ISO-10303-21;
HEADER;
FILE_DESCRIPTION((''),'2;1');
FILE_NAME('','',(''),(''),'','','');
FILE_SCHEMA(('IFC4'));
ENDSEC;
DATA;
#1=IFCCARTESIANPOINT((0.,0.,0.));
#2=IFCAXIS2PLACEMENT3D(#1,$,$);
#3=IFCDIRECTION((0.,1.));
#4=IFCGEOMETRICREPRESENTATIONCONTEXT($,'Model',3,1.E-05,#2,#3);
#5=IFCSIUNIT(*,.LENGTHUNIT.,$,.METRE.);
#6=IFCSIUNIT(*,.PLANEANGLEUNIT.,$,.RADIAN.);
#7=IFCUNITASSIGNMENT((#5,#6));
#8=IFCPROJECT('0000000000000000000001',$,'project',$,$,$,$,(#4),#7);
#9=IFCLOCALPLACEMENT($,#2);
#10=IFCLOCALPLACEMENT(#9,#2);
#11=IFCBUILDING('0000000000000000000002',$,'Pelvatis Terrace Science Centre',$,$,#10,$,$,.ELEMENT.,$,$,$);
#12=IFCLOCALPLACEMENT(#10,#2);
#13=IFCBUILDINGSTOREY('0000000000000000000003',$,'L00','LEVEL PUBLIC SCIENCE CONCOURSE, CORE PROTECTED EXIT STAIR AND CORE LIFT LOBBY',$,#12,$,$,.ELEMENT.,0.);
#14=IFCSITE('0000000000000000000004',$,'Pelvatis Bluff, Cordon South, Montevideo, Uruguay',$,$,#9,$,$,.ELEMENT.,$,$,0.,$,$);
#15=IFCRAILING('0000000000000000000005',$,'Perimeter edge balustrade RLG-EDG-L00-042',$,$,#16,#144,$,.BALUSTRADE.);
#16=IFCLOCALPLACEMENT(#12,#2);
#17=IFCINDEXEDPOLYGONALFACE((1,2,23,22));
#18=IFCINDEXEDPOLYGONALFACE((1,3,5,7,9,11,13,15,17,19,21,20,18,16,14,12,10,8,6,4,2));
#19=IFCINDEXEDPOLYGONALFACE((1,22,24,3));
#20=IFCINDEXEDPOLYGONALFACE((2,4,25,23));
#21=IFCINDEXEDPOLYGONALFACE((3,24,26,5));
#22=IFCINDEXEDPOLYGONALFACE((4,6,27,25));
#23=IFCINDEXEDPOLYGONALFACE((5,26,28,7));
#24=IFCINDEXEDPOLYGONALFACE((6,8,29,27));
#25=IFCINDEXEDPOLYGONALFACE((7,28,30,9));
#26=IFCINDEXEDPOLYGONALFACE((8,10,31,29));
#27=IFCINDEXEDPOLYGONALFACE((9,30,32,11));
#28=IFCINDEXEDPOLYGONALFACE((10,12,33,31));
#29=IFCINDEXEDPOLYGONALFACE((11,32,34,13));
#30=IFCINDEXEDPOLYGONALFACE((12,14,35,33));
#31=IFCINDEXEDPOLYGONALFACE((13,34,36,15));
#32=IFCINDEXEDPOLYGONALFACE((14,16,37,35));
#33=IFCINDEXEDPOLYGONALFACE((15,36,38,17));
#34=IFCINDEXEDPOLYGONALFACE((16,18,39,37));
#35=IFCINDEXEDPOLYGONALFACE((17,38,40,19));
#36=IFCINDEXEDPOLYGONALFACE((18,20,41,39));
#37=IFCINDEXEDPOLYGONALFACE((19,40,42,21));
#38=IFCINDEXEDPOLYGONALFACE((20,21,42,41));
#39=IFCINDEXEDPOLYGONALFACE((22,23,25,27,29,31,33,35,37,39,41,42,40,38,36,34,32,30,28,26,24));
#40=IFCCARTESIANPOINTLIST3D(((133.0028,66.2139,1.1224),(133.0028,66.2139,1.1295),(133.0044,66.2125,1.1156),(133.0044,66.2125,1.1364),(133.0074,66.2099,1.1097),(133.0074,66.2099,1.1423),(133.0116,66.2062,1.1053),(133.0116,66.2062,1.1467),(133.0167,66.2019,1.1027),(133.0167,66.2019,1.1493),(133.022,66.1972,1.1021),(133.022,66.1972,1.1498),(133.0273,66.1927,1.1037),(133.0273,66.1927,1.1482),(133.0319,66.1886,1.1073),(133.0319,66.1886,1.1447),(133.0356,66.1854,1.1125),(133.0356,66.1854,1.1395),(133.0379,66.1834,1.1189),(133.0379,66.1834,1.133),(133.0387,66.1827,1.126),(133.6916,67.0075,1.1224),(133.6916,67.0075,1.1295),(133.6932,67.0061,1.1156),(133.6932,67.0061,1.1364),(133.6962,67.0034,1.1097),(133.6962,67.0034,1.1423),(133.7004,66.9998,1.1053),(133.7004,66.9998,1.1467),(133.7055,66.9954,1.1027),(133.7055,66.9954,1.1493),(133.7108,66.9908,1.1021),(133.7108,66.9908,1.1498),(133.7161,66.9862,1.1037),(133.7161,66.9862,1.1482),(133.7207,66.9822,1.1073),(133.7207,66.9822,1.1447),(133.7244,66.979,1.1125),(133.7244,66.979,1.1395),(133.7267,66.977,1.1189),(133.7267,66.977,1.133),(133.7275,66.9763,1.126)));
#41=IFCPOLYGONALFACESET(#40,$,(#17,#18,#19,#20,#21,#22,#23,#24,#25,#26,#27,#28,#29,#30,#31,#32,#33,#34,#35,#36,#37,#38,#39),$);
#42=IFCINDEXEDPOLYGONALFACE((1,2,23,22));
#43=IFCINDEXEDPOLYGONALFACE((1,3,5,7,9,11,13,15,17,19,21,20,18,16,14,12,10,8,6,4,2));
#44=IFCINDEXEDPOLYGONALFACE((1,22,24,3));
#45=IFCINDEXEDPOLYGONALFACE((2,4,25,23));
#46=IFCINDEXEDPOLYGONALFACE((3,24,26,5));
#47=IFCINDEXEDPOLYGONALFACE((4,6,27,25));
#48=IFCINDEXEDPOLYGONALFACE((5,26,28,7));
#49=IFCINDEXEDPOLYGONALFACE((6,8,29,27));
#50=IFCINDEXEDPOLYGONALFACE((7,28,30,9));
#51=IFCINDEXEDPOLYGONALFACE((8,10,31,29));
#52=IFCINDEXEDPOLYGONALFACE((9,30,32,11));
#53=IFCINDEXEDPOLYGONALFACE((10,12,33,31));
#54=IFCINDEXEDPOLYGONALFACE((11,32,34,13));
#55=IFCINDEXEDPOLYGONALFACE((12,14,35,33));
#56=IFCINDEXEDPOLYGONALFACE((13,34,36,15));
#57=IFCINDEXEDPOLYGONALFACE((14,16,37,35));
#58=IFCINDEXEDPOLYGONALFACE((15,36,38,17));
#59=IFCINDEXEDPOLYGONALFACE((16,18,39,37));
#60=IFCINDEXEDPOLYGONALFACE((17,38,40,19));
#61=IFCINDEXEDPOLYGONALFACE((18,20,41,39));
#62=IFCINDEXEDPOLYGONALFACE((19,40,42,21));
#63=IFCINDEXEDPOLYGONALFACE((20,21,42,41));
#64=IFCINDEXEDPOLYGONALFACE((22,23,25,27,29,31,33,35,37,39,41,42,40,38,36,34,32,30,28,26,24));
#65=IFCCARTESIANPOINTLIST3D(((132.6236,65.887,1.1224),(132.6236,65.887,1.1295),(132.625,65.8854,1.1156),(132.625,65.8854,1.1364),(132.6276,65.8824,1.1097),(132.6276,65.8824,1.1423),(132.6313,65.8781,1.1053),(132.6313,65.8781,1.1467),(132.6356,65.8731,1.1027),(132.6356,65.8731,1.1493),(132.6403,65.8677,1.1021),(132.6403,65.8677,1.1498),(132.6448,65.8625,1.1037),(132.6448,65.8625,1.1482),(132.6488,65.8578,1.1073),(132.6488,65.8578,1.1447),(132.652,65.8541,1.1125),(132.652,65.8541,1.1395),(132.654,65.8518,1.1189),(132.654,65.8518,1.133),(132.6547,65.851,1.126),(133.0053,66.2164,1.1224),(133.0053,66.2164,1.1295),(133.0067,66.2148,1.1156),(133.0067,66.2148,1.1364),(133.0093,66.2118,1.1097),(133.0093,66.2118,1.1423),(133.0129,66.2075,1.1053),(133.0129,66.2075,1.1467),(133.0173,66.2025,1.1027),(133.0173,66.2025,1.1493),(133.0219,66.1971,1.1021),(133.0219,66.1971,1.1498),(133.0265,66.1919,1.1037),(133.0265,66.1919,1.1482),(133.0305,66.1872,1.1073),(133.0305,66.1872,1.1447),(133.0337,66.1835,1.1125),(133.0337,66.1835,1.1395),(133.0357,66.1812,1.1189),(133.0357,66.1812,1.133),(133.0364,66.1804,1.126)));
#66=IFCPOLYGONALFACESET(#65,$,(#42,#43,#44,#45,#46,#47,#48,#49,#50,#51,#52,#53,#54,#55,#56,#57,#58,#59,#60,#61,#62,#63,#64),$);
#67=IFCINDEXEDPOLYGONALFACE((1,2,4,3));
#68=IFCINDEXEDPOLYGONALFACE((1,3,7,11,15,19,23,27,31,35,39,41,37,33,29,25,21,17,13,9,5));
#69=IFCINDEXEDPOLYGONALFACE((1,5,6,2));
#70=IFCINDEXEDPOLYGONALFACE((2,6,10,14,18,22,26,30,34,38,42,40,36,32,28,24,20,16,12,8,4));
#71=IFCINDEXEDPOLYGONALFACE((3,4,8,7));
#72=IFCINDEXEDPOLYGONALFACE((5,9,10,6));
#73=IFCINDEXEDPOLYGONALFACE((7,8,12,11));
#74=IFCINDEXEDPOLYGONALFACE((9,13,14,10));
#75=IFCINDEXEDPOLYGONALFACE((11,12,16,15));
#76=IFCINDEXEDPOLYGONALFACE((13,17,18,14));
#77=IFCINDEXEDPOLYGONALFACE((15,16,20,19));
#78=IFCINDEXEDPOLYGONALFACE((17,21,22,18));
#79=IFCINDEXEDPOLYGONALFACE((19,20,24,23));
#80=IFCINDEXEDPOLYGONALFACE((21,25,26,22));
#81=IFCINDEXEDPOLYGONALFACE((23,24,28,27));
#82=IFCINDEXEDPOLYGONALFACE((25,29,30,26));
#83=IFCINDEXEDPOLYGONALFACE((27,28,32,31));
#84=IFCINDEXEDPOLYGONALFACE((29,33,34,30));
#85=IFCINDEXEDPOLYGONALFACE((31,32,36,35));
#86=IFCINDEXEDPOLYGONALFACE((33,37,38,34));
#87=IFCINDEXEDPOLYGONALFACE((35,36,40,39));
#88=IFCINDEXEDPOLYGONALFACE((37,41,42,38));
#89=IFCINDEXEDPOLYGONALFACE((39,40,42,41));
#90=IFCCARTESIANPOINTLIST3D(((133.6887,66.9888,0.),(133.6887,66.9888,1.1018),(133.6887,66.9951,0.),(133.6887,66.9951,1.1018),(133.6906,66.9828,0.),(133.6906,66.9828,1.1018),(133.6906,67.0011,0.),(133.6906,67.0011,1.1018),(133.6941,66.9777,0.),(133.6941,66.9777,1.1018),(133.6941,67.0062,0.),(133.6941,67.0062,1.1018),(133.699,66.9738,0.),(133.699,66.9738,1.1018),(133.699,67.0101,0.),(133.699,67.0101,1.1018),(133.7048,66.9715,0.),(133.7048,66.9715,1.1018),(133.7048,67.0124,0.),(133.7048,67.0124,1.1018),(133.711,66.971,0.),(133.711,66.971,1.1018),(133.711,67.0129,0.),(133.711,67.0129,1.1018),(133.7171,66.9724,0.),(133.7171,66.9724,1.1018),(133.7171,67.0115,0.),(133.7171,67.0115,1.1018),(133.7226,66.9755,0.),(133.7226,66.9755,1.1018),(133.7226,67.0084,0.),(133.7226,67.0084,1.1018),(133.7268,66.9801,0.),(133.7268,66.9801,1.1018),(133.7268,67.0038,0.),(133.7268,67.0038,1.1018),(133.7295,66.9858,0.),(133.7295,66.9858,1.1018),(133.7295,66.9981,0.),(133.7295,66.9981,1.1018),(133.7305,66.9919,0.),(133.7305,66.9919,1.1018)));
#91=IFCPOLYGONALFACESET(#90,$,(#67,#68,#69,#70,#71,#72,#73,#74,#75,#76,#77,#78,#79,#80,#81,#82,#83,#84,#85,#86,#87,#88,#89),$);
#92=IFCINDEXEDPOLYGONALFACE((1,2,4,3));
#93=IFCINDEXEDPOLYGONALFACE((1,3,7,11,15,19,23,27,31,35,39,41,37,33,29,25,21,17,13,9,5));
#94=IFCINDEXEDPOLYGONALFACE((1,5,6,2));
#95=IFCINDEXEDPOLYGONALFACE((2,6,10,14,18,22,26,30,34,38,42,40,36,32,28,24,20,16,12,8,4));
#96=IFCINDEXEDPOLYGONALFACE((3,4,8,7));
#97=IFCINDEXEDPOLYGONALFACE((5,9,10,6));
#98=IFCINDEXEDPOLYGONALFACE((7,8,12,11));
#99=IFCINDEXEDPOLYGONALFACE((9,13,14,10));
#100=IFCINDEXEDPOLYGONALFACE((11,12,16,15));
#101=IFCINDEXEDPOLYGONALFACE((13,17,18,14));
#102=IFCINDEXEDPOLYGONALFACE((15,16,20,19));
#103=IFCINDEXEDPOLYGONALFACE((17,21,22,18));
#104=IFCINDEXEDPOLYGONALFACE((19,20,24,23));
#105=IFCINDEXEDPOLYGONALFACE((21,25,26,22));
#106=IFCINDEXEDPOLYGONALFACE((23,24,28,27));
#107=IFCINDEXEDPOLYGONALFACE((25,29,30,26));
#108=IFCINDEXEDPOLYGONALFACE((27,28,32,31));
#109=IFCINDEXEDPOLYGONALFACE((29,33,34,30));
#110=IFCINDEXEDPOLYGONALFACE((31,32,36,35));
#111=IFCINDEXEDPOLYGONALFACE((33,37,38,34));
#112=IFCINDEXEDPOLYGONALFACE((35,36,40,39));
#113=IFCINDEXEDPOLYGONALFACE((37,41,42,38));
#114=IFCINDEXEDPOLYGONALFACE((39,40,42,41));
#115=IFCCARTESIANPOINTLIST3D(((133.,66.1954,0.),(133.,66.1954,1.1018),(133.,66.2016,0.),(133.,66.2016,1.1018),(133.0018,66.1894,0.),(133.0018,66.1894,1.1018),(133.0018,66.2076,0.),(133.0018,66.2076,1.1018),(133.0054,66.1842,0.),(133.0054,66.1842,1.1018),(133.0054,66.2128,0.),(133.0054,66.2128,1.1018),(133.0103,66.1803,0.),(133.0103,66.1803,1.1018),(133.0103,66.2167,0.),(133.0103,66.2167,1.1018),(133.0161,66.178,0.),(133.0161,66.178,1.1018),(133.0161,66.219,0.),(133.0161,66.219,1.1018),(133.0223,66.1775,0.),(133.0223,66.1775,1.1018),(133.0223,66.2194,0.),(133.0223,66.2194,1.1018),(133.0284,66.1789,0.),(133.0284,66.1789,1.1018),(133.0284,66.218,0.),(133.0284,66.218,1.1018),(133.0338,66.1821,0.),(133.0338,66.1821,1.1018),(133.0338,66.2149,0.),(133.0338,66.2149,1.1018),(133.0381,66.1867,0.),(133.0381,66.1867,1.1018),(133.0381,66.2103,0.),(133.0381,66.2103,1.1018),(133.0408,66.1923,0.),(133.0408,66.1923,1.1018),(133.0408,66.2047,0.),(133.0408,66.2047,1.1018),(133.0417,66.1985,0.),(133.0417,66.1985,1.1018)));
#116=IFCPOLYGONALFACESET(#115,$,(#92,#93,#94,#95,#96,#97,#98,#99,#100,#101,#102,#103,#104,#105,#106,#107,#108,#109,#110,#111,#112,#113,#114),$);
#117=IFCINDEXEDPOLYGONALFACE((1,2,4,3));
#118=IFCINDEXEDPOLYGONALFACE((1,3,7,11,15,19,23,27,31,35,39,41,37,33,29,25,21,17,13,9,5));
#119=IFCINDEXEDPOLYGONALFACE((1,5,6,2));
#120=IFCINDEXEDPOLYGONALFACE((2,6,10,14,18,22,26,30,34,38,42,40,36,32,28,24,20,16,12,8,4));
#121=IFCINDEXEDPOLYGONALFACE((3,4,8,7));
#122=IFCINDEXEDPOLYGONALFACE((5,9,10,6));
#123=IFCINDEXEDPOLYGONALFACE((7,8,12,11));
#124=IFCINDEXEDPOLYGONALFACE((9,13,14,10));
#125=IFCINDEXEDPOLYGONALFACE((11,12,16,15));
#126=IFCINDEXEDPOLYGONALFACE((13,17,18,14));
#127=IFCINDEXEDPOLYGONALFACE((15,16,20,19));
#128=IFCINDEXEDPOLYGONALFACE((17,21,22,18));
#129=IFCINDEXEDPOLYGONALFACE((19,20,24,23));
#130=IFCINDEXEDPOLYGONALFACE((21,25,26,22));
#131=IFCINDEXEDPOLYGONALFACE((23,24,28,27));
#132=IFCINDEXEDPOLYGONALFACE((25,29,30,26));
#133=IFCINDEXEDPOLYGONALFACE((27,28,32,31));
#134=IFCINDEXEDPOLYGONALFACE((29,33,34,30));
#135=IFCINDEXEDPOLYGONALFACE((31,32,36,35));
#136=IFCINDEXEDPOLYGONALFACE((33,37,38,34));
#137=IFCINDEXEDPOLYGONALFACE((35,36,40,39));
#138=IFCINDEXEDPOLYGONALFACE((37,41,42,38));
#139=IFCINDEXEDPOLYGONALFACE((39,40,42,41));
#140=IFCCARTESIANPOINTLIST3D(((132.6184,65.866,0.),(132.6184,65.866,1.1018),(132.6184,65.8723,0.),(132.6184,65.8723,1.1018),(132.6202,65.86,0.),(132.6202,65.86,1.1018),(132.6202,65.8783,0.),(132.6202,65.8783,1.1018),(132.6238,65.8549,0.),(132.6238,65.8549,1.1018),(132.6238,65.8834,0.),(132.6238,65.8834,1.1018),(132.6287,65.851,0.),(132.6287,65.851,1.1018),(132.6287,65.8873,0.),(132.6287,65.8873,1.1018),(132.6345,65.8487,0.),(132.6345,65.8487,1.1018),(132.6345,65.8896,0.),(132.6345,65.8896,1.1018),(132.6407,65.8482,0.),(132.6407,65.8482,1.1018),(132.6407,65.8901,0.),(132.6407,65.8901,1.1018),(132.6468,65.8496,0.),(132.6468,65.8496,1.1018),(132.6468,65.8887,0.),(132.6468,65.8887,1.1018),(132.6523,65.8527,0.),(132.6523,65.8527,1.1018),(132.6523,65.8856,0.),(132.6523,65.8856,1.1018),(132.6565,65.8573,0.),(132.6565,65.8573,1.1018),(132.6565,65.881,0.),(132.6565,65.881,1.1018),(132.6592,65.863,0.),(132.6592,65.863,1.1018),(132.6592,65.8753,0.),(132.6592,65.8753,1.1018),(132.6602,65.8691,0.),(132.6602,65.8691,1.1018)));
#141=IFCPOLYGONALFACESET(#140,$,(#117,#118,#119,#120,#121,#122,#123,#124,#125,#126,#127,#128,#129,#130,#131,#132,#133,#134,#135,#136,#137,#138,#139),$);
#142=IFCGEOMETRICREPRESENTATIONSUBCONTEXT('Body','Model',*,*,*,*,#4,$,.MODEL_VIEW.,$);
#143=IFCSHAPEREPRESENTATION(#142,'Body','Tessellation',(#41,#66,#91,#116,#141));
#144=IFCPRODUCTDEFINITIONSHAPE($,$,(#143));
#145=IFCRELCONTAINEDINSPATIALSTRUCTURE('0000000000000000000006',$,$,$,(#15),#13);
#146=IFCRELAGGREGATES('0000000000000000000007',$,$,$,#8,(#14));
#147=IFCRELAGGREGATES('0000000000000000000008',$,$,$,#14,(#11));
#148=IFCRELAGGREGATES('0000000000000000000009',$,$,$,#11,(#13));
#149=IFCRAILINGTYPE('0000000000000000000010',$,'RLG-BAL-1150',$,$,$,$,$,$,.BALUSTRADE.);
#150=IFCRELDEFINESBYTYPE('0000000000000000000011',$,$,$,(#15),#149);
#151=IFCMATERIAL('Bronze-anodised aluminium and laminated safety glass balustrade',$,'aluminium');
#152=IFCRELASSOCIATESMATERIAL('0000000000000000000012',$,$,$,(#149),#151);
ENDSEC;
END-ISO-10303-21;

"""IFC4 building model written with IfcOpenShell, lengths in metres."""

from ifc_helpers import new_model, si_unit, direction, frame, origin, origin_2d, place, context, subcontext, project, spatial, circle, extrude, material, type_object, element, save


model = new_model("IFC4")

# Units and contexts
model_context = context("Model", 3, precision=1e-05, world=origin(), true_north=direction((0.0, 1.0)))
body_context = subcontext(model_context, "Body", "Model", "MODEL_VIEW")
ifc_project = project(units=[si_unit("LENGTHUNIT", "METRE"), si_unit("PLANEANGLEUNIT", "RADIAN")], contexts=[model_context])

# Site, building, storey
site_placement = place(None, origin())
site = spatial("IfcSite", under=ifc_project, at=site_placement, Name="Pelvatis Bluff, Cordon South, Montevideo, Uruguay", CompositionType="ELEMENT", RefElevation=0.0)
building_placement = place(site_placement, origin())
building = spatial("IfcBuilding", under=site, at=building_placement, Name="Pelvatis Terrace Science Centre", CompositionType="ELEMENT")
storey_placement = place(building_placement, origin())
storey = spatial("IfcBuildingStorey", under=building, at=storey_placement, Name="L00", Description="LEVEL PUBLIC SCIENCE CONCOURSE, CORE PROTECTED EXIT STAIR AND CORE LIFT LOBBY", CompositionType="ELEMENT", Elevation=0.0)

# Railing
ifc_material_1 = material(Name="Bronze-anodised aluminium and laminated safety glass balustrade", Category="aluminium")
railing_type = type_object("IfcRailingType", Name="RLG-BAL-1150", PredefinedType="BALUSTRADE", material=ifc_material_1)
railing_placement = place(storey_placement, frame((133.7095, 66.9919, 0.0)))
element("IfcRailing", 1, at=railing_placement, inside=storey, type_object=railing_type, Name="Perimeter edge balustrade RLG-EDG-L00-042", PredefinedType="BALUSTRADE", context=body_context, shape_type="SweptSolid", body=[
    extrude(circle(Radius=0.0239, at=origin_2d()), frame((0.0, 0.0, 1.126), z_axis=(-0.655505, -0.755191, 0.0), x_axis=(0.755191, -0.655505, 0.0)), (0.0, 0.0, 1.0), 1.0508),
    extrude(circle(Radius=0.0239, at=origin_2d()), frame((-0.6887, -0.7935, 1.126), z_axis=(-0.75703, -0.65338, 0.0), x_axis=(0.65338, -0.75703, 0.0)), (0.0, 0.0, 1.0), 0.5042),
    extrude(circle(Radius=0.021, at=origin_2d()), origin(), (0.0, 0.0, 1.0), 1.1018),
    extrude(circle(Radius=0.021, at=origin_2d()), frame((-0.6887, -0.7935, 0.0)), (0.0, 0.0, 1.0), 1.1018),
    extrude(circle(Radius=0.021, at=origin_2d()), frame((-1.0703, -1.1228, 0.0)), (0.0, 0.0, 1.0), 1.1018),
])

save(model, "model.ifc")
